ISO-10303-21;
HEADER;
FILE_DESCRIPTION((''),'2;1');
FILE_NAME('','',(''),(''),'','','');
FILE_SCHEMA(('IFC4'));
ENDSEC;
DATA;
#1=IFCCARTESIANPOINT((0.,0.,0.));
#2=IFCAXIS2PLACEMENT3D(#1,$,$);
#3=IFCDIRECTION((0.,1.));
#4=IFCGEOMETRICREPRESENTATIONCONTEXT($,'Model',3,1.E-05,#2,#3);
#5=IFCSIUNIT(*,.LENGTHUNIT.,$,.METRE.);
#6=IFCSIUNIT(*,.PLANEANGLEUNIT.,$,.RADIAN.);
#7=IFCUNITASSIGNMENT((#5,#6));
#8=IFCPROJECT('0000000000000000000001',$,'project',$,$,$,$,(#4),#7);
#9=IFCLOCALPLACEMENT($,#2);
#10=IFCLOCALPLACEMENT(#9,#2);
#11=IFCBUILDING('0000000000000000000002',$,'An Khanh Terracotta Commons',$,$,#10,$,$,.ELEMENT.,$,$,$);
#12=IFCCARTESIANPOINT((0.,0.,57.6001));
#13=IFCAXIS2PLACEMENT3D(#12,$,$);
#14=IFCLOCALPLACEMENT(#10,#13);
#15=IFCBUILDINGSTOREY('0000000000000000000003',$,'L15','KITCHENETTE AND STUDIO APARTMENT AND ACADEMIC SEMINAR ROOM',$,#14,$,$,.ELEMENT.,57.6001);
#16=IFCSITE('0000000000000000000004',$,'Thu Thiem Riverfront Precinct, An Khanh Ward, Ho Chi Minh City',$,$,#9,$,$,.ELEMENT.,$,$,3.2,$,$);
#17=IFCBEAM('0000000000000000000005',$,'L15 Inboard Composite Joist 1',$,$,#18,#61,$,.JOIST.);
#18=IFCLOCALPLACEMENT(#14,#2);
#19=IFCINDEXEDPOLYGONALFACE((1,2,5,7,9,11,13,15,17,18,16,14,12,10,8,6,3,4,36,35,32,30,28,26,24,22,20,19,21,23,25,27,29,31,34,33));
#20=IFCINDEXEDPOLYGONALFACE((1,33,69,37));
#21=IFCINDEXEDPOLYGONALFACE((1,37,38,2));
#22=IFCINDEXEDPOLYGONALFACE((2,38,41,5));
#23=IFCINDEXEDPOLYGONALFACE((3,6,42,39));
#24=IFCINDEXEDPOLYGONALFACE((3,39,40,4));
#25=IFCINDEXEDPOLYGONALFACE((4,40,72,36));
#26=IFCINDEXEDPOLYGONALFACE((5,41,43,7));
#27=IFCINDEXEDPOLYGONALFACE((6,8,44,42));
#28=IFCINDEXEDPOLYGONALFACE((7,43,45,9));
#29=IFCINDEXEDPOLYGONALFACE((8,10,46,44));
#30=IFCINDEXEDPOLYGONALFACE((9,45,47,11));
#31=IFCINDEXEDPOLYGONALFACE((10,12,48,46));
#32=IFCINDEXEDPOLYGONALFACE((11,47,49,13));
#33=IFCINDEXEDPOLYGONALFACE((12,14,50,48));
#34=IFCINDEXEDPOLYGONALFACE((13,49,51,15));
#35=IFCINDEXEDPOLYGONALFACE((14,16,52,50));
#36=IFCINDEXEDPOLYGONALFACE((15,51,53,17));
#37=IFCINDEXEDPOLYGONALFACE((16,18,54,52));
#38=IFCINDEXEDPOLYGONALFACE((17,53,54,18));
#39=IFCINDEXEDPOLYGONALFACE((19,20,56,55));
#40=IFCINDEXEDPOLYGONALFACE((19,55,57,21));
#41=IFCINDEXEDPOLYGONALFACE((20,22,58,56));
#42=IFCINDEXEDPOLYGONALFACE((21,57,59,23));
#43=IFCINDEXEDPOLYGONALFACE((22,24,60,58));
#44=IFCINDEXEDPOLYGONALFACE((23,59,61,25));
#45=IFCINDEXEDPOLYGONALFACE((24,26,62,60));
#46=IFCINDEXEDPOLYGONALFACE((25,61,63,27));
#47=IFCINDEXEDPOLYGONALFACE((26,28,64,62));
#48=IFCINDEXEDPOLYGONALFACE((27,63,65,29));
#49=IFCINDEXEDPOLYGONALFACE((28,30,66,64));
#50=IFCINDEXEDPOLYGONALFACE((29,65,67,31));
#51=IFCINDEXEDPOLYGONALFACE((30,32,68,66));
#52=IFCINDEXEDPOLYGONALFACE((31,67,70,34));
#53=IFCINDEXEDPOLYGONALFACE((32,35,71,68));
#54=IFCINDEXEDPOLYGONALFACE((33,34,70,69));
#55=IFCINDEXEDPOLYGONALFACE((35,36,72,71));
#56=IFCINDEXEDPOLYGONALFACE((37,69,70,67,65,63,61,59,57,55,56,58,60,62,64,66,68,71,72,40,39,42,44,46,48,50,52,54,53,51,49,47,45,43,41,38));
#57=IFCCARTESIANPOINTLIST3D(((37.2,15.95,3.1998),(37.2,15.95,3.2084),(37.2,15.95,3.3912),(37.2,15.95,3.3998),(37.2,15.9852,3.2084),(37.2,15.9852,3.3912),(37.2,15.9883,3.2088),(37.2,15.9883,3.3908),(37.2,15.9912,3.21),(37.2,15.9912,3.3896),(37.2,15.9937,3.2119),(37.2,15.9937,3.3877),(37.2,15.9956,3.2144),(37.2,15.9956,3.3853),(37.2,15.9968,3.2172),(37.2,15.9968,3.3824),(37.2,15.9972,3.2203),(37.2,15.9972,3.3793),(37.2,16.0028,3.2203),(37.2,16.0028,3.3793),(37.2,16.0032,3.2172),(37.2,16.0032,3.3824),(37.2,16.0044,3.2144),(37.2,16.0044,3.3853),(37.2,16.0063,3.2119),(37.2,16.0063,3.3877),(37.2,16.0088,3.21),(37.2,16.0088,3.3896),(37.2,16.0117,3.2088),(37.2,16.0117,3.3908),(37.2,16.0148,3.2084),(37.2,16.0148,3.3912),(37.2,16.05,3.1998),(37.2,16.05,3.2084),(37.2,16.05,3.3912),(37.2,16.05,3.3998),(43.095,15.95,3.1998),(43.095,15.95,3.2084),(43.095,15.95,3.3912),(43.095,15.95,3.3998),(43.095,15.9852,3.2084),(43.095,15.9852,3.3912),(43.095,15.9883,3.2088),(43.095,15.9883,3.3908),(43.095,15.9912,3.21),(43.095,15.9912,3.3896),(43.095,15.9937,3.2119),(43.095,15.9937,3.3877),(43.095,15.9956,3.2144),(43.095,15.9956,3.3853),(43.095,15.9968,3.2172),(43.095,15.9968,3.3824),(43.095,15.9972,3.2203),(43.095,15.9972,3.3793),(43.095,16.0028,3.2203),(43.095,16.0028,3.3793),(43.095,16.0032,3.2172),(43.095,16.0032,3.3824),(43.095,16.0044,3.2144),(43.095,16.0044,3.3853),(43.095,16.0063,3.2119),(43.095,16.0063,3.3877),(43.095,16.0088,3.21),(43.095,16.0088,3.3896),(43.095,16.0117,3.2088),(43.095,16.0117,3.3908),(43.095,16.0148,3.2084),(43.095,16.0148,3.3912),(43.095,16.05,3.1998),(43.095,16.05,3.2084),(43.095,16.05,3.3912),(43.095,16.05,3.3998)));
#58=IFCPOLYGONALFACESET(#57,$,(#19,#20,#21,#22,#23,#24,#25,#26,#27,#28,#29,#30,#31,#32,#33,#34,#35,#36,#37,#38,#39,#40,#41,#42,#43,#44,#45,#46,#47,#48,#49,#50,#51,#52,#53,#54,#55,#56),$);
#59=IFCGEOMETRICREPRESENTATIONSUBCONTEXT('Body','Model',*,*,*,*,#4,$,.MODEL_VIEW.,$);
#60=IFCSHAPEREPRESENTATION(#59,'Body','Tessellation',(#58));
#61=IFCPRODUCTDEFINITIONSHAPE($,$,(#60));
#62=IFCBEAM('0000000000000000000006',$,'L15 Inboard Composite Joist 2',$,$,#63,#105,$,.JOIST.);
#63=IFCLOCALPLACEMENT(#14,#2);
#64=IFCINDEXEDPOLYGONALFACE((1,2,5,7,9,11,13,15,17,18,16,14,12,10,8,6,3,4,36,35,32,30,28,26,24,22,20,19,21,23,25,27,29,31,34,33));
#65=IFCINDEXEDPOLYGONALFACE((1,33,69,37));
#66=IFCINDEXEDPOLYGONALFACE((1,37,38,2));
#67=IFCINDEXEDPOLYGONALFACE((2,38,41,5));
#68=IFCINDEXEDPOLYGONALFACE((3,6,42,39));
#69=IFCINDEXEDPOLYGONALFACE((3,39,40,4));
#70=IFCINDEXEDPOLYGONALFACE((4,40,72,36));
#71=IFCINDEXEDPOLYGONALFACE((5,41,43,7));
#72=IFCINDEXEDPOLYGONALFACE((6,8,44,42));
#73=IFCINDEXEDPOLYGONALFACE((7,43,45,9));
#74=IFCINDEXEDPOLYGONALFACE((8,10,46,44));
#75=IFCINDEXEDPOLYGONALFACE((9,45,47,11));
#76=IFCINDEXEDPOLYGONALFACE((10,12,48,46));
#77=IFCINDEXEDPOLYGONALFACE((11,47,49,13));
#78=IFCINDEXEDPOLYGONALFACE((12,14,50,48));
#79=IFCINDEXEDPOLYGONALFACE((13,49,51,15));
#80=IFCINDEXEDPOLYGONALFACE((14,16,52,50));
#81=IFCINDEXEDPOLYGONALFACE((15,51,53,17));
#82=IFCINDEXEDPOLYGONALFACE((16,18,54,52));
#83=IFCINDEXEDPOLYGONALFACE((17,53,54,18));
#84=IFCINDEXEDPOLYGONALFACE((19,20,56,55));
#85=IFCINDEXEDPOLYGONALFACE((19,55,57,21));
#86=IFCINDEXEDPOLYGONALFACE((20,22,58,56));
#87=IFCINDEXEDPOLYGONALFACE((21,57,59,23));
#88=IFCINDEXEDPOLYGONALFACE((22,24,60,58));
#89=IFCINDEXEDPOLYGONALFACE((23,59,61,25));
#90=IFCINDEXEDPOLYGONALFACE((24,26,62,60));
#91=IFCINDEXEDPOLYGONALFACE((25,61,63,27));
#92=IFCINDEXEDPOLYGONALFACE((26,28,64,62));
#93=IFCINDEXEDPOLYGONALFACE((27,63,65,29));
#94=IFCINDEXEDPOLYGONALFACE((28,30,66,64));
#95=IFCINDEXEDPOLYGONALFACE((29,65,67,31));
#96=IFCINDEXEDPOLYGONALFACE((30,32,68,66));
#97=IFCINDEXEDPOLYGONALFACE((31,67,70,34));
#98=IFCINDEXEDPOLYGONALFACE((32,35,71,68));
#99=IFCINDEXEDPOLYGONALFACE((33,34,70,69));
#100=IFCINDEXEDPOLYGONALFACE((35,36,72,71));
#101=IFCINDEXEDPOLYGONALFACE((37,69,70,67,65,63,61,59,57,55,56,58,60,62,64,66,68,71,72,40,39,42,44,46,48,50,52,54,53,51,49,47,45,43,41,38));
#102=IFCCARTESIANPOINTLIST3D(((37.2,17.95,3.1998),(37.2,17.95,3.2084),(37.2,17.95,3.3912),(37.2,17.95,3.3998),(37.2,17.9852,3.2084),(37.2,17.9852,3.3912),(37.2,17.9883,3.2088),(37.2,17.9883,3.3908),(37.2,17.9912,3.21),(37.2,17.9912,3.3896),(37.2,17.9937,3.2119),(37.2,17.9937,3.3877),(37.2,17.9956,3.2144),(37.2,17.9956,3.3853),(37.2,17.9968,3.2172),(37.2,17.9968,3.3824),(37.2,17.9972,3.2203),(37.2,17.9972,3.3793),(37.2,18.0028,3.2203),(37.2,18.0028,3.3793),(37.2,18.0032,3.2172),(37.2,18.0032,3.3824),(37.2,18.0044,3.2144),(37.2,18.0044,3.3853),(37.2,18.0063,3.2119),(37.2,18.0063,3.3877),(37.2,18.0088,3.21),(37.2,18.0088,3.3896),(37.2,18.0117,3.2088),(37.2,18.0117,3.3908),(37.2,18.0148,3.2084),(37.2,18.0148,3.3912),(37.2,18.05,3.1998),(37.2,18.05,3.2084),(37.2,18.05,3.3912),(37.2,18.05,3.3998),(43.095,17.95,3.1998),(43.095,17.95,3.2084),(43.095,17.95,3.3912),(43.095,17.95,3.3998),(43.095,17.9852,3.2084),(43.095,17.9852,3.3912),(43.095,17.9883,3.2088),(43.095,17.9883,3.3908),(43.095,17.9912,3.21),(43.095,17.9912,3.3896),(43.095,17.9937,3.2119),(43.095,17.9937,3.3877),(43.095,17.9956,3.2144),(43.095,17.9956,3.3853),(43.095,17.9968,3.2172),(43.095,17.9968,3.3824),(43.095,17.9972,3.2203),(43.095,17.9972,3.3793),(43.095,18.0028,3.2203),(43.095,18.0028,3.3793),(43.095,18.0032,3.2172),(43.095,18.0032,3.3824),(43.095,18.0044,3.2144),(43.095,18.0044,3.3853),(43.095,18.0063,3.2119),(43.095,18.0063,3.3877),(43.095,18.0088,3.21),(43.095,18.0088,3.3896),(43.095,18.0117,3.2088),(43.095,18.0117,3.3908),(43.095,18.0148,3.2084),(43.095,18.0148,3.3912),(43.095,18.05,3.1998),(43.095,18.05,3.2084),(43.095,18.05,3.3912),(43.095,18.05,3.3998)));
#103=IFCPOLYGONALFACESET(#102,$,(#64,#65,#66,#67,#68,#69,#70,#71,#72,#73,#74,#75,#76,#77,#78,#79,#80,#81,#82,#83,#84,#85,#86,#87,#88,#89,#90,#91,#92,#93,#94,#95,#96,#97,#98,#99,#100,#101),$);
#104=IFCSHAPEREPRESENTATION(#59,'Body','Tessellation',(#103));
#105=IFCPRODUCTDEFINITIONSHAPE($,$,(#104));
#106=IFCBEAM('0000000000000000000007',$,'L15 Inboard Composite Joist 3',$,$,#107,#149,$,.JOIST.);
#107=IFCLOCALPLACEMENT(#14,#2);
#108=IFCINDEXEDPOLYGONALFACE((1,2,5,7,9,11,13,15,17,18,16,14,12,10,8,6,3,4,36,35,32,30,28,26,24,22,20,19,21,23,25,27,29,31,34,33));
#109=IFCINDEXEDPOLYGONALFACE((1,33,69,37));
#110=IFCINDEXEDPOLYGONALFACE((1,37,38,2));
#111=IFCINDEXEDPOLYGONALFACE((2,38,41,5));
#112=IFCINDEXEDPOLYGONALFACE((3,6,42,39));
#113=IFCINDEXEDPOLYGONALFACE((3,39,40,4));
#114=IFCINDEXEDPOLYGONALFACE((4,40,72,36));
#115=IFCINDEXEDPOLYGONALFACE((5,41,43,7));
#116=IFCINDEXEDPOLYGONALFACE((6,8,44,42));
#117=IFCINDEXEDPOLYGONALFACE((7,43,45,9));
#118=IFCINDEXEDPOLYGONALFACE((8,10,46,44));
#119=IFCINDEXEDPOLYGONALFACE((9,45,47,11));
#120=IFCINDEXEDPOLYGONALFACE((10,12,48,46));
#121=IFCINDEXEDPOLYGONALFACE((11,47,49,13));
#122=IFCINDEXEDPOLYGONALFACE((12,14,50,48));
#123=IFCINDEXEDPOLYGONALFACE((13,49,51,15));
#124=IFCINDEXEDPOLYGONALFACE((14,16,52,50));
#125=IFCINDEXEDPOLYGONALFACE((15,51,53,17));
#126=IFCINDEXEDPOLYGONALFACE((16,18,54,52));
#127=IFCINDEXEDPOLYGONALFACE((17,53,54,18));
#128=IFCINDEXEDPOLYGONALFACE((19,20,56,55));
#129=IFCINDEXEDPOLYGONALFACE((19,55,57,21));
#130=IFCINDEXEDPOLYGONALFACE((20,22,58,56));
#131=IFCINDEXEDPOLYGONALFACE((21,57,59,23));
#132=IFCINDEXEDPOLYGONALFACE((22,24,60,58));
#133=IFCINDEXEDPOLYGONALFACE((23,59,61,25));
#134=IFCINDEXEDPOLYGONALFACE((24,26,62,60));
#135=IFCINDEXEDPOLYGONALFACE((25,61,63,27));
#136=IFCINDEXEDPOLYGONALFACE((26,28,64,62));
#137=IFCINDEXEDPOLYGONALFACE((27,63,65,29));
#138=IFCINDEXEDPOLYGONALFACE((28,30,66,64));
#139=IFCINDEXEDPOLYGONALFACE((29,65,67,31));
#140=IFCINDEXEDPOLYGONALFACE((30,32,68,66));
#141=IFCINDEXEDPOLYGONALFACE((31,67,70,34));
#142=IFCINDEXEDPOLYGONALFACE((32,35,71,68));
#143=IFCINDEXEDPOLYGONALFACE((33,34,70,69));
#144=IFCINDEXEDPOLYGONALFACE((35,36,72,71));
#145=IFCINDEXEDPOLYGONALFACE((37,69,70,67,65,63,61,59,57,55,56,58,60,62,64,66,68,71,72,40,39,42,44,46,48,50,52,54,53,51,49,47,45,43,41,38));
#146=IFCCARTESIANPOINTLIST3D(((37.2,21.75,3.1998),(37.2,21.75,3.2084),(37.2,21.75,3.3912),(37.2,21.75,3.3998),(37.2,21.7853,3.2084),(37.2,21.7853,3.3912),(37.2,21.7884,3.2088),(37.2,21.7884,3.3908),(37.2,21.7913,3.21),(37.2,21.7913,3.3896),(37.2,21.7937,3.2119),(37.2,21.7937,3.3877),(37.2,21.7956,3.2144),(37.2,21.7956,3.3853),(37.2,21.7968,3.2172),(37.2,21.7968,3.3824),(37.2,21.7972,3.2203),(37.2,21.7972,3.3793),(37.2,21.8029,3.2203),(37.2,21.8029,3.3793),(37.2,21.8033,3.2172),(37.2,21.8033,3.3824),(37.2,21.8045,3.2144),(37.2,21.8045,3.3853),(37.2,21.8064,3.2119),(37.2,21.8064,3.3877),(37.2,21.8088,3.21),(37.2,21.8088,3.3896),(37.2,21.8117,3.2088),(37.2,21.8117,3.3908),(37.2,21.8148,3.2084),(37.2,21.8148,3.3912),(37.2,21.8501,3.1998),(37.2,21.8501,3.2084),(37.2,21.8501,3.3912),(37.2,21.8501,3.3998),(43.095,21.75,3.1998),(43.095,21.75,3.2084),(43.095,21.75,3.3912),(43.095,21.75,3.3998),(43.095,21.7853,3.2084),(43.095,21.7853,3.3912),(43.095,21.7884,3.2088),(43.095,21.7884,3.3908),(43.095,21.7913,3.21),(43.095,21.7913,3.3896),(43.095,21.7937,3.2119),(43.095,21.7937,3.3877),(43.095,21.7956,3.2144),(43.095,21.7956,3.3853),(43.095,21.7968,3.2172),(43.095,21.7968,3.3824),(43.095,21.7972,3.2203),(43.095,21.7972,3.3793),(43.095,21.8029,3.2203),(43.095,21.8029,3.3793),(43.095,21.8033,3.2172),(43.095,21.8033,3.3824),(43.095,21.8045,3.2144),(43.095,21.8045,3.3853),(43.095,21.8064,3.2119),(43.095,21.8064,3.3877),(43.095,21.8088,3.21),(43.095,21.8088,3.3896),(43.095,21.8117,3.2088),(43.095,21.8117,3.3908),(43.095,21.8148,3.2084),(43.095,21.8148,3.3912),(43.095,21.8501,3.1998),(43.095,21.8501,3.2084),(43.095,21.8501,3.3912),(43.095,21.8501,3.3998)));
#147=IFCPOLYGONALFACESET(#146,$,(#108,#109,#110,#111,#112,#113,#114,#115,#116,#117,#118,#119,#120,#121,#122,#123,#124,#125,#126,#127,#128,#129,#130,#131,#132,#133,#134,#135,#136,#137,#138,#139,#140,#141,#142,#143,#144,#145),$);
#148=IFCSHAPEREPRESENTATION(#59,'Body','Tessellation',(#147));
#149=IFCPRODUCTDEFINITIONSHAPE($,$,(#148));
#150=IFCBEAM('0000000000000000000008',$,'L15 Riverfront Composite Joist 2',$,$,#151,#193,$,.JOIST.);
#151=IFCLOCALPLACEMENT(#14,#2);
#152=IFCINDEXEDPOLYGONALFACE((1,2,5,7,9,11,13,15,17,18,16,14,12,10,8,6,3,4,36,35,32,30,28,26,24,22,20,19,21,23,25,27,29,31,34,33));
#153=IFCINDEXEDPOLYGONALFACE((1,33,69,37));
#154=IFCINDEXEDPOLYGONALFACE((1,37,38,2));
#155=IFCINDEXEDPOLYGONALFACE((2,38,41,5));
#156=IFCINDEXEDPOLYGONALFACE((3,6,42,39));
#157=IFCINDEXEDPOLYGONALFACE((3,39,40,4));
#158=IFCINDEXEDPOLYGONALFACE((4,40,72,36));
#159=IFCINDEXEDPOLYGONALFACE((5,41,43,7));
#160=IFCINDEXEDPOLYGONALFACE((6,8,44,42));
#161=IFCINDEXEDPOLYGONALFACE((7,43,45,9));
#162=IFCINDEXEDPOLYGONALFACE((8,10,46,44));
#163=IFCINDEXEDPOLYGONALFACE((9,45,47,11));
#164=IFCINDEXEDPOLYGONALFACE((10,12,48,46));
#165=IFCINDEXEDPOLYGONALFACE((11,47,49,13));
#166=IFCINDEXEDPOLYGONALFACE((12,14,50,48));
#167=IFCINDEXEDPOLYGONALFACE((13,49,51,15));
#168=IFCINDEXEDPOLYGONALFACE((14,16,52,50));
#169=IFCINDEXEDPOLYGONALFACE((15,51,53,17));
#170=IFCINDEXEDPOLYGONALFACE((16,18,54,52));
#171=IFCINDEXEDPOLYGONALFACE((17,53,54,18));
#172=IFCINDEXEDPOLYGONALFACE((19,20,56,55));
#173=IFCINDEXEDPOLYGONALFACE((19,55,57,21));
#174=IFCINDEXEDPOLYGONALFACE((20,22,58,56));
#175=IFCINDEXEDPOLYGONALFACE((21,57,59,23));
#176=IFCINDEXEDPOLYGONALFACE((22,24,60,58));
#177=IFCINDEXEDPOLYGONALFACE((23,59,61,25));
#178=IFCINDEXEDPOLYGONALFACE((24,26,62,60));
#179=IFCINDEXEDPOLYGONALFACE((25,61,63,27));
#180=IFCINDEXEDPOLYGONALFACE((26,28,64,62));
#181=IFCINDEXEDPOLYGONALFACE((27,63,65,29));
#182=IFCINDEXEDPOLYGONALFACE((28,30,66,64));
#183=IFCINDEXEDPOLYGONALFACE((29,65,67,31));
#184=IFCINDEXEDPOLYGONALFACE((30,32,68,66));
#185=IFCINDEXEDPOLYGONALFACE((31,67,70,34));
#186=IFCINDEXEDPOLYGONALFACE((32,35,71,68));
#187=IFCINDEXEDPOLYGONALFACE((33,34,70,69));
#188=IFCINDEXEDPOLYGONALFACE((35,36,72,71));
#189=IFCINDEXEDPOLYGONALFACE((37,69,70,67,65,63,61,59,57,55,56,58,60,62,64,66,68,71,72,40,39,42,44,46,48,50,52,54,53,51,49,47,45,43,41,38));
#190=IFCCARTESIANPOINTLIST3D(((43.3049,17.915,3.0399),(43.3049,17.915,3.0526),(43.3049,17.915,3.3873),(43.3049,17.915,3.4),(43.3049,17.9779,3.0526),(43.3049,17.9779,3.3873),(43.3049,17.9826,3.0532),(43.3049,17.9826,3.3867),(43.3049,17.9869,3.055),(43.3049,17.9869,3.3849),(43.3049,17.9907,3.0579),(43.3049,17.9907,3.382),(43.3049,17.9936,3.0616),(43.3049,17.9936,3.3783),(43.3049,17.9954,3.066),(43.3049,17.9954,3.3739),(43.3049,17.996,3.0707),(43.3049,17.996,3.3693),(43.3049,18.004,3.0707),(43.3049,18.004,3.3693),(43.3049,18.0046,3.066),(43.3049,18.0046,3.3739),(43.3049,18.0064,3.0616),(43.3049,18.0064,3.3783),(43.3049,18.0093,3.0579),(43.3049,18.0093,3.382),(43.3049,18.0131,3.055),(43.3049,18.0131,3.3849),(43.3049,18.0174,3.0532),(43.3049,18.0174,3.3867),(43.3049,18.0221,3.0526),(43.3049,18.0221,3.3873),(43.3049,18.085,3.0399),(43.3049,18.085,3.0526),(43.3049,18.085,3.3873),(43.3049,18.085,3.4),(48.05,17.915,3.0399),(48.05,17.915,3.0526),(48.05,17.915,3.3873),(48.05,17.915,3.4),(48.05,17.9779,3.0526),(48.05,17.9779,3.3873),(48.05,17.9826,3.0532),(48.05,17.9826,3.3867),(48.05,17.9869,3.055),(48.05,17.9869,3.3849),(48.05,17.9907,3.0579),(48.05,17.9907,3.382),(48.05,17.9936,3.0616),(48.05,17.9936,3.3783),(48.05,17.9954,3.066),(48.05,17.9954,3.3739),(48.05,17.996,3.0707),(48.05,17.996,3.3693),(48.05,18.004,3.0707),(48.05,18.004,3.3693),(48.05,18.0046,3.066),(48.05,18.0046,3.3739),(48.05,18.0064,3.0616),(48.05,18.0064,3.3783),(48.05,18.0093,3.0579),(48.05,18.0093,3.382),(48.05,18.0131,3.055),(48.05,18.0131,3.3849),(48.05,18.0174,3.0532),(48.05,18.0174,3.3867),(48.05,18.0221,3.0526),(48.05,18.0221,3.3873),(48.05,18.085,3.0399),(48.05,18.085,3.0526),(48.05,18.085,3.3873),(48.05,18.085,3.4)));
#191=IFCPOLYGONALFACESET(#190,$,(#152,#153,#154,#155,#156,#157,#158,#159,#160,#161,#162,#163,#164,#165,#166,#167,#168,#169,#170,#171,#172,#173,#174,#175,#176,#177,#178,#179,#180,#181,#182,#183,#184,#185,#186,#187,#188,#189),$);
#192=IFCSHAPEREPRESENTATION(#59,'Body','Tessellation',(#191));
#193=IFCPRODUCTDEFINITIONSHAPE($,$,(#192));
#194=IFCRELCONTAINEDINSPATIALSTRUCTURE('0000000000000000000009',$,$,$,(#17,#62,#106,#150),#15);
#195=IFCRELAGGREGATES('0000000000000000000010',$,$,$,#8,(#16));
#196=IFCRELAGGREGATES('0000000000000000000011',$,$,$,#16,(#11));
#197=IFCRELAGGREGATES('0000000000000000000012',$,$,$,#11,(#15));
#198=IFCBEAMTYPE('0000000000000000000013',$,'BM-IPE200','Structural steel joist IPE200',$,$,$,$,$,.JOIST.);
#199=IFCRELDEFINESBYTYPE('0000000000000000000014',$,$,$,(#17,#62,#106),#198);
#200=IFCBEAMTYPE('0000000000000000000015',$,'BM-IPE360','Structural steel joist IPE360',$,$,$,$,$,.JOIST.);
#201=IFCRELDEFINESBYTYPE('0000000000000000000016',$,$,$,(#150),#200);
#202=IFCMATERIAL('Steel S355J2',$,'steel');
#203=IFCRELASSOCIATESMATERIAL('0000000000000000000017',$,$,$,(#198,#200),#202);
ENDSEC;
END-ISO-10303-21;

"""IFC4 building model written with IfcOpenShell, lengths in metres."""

from ifc_helpers import new_model, si_unit, direction, frame, origin, origin_2d, place, context, subcontext, project, spatial, i_section, extrude, material, material_profile, profile_set, type_object, element, save


model = new_model("IFC4")

# Units and contexts
model_context = context("Model", 3, precision=1e-05, world=origin(), true_north=direction((0.0, 1.0)))
body_context = subcontext(model_context, "Body", "Model", "MODEL_VIEW")
ifc_project = project(units=[si_unit("LENGTHUNIT", "METRE"), si_unit("PLANEANGLEUNIT", "RADIAN")], contexts=[model_context])

# Site, building, storey
site_placement = place(None, origin())
site = spatial("IfcSite", under=ifc_project, at=site_placement, Name="Thu Thiem Riverfront Precinct, An Khanh Ward, Ho Chi Minh City", CompositionType="ELEMENT", RefElevation=3.2)
building_placement = place(site_placement, origin())
building = spatial("IfcBuilding", under=site, at=building_placement, Name="An Khanh Terracotta Commons", CompositionType="ELEMENT")
storey_placement = place(building_placement, frame((0.0, 0.0, 57.6001)))
storey = spatial("IfcBuildingStorey", under=building, at=storey_placement, Name="L15", Description="KITCHENETTE AND STUDIO APARTMENT AND ACADEMIC SEMINAR ROOM", CompositionType="ELEMENT", Elevation=57.6001)

# Beams
ifc_material_1 = material(Name="Steel S355J2", Category="steel")
ifc_material_profile_1 = material_profile(ifc_material_1, i_section(OverallWidth=0.1001, OverallDepth=0.2, WebThickness=0.0056, FlangeThickness=0.0085, FilletRadius=0.012, at=origin_2d()), Name="IPE200")
ifc_profile_set_1 = profile_set([ifc_material_profile_1], Name="Steel S355J2")
beam_type_1 = type_object("IfcBeamType", Name="BM-IPE200", Description="Structural steel joist IPE200", PredefinedType="JOIST", material=ifc_profile_set_1)
for number, where, z_axis, x_axis, name in (
    (1, (37.2, 16.0, 3.2998), (1.0, 0.0, 0.0), (0.0, 1.0, 0.0), "L15 Inboard Composite Joist 1"),
    (2, (37.2, 18.0, 3.2998), (1.0, 0.0, 0.0), (0.0, 1.0, 0.0), "L15 Inboard Composite Joist 2"),
    (3, (37.2, 21.8, 3.2998), (1.0, 0.0, 0.0), (0.0, 1.0, 0.0), "L15 Inboard Composite Joist 3"),
):
    element("IfcBeam", number, at=place(storey_placement, frame(where, z_axis=z_axis, x_axis=x_axis)), inside=storey, type_object=beam_type_1, Name=name, PredefinedType="JOIST", context=body_context, shape_type="SweptSolid", body=[
        extrude(i_section(OverallWidth=0.1001, OverallDepth=0.2, WebThickness=0.0056, FlangeThickness=0.0085, FilletRadius=0.012, at=origin_2d()), origin(), (0.0, 0.0, 1.0), 5.895),
    ])
ifc_material_profile_2 = material_profile(ifc_material_1, i_section(OverallWidth=0.1699, OverallDepth=0.3601, WebThickness=0.0081, FlangeThickness=0.0127, FilletRadius=0.0181, at=origin_2d()), Name="IPE360")
ifc_profile_set_2 = profile_set([ifc_material_profile_2], Name="Steel S355J2")
beam_type_2 = type_object("IfcBeamType", Name="BM-IPE360", Description="Structural steel joist IPE360", PredefinedType="JOIST", material=ifc_profile_set_2)
for number, where, z_axis, x_axis, name in (
    (4, (43.3049, 18.0, 3.22), (1.0, 0.0, 0.0), (0.0, 1.0, 0.0), "L15 Riverfront Composite Joist 2"),
):
    element("IfcBeam", number, at=place(storey_placement, frame(where, z_axis=z_axis, x_axis=x_axis)), inside=storey, type_object=beam_type_2, Name=name, PredefinedType="JOIST", context=body_context, shape_type="SweptSolid", body=[
        extrude(i_section(OverallWidth=0.1699, OverallDepth=0.3601, WebThickness=0.0081, FlangeThickness=0.0127, FilletRadius=0.0181, at=origin_2d()), origin(), (0.0, 0.0, 1.0), 4.7451),
    ])

save(model, "model.ifc")
